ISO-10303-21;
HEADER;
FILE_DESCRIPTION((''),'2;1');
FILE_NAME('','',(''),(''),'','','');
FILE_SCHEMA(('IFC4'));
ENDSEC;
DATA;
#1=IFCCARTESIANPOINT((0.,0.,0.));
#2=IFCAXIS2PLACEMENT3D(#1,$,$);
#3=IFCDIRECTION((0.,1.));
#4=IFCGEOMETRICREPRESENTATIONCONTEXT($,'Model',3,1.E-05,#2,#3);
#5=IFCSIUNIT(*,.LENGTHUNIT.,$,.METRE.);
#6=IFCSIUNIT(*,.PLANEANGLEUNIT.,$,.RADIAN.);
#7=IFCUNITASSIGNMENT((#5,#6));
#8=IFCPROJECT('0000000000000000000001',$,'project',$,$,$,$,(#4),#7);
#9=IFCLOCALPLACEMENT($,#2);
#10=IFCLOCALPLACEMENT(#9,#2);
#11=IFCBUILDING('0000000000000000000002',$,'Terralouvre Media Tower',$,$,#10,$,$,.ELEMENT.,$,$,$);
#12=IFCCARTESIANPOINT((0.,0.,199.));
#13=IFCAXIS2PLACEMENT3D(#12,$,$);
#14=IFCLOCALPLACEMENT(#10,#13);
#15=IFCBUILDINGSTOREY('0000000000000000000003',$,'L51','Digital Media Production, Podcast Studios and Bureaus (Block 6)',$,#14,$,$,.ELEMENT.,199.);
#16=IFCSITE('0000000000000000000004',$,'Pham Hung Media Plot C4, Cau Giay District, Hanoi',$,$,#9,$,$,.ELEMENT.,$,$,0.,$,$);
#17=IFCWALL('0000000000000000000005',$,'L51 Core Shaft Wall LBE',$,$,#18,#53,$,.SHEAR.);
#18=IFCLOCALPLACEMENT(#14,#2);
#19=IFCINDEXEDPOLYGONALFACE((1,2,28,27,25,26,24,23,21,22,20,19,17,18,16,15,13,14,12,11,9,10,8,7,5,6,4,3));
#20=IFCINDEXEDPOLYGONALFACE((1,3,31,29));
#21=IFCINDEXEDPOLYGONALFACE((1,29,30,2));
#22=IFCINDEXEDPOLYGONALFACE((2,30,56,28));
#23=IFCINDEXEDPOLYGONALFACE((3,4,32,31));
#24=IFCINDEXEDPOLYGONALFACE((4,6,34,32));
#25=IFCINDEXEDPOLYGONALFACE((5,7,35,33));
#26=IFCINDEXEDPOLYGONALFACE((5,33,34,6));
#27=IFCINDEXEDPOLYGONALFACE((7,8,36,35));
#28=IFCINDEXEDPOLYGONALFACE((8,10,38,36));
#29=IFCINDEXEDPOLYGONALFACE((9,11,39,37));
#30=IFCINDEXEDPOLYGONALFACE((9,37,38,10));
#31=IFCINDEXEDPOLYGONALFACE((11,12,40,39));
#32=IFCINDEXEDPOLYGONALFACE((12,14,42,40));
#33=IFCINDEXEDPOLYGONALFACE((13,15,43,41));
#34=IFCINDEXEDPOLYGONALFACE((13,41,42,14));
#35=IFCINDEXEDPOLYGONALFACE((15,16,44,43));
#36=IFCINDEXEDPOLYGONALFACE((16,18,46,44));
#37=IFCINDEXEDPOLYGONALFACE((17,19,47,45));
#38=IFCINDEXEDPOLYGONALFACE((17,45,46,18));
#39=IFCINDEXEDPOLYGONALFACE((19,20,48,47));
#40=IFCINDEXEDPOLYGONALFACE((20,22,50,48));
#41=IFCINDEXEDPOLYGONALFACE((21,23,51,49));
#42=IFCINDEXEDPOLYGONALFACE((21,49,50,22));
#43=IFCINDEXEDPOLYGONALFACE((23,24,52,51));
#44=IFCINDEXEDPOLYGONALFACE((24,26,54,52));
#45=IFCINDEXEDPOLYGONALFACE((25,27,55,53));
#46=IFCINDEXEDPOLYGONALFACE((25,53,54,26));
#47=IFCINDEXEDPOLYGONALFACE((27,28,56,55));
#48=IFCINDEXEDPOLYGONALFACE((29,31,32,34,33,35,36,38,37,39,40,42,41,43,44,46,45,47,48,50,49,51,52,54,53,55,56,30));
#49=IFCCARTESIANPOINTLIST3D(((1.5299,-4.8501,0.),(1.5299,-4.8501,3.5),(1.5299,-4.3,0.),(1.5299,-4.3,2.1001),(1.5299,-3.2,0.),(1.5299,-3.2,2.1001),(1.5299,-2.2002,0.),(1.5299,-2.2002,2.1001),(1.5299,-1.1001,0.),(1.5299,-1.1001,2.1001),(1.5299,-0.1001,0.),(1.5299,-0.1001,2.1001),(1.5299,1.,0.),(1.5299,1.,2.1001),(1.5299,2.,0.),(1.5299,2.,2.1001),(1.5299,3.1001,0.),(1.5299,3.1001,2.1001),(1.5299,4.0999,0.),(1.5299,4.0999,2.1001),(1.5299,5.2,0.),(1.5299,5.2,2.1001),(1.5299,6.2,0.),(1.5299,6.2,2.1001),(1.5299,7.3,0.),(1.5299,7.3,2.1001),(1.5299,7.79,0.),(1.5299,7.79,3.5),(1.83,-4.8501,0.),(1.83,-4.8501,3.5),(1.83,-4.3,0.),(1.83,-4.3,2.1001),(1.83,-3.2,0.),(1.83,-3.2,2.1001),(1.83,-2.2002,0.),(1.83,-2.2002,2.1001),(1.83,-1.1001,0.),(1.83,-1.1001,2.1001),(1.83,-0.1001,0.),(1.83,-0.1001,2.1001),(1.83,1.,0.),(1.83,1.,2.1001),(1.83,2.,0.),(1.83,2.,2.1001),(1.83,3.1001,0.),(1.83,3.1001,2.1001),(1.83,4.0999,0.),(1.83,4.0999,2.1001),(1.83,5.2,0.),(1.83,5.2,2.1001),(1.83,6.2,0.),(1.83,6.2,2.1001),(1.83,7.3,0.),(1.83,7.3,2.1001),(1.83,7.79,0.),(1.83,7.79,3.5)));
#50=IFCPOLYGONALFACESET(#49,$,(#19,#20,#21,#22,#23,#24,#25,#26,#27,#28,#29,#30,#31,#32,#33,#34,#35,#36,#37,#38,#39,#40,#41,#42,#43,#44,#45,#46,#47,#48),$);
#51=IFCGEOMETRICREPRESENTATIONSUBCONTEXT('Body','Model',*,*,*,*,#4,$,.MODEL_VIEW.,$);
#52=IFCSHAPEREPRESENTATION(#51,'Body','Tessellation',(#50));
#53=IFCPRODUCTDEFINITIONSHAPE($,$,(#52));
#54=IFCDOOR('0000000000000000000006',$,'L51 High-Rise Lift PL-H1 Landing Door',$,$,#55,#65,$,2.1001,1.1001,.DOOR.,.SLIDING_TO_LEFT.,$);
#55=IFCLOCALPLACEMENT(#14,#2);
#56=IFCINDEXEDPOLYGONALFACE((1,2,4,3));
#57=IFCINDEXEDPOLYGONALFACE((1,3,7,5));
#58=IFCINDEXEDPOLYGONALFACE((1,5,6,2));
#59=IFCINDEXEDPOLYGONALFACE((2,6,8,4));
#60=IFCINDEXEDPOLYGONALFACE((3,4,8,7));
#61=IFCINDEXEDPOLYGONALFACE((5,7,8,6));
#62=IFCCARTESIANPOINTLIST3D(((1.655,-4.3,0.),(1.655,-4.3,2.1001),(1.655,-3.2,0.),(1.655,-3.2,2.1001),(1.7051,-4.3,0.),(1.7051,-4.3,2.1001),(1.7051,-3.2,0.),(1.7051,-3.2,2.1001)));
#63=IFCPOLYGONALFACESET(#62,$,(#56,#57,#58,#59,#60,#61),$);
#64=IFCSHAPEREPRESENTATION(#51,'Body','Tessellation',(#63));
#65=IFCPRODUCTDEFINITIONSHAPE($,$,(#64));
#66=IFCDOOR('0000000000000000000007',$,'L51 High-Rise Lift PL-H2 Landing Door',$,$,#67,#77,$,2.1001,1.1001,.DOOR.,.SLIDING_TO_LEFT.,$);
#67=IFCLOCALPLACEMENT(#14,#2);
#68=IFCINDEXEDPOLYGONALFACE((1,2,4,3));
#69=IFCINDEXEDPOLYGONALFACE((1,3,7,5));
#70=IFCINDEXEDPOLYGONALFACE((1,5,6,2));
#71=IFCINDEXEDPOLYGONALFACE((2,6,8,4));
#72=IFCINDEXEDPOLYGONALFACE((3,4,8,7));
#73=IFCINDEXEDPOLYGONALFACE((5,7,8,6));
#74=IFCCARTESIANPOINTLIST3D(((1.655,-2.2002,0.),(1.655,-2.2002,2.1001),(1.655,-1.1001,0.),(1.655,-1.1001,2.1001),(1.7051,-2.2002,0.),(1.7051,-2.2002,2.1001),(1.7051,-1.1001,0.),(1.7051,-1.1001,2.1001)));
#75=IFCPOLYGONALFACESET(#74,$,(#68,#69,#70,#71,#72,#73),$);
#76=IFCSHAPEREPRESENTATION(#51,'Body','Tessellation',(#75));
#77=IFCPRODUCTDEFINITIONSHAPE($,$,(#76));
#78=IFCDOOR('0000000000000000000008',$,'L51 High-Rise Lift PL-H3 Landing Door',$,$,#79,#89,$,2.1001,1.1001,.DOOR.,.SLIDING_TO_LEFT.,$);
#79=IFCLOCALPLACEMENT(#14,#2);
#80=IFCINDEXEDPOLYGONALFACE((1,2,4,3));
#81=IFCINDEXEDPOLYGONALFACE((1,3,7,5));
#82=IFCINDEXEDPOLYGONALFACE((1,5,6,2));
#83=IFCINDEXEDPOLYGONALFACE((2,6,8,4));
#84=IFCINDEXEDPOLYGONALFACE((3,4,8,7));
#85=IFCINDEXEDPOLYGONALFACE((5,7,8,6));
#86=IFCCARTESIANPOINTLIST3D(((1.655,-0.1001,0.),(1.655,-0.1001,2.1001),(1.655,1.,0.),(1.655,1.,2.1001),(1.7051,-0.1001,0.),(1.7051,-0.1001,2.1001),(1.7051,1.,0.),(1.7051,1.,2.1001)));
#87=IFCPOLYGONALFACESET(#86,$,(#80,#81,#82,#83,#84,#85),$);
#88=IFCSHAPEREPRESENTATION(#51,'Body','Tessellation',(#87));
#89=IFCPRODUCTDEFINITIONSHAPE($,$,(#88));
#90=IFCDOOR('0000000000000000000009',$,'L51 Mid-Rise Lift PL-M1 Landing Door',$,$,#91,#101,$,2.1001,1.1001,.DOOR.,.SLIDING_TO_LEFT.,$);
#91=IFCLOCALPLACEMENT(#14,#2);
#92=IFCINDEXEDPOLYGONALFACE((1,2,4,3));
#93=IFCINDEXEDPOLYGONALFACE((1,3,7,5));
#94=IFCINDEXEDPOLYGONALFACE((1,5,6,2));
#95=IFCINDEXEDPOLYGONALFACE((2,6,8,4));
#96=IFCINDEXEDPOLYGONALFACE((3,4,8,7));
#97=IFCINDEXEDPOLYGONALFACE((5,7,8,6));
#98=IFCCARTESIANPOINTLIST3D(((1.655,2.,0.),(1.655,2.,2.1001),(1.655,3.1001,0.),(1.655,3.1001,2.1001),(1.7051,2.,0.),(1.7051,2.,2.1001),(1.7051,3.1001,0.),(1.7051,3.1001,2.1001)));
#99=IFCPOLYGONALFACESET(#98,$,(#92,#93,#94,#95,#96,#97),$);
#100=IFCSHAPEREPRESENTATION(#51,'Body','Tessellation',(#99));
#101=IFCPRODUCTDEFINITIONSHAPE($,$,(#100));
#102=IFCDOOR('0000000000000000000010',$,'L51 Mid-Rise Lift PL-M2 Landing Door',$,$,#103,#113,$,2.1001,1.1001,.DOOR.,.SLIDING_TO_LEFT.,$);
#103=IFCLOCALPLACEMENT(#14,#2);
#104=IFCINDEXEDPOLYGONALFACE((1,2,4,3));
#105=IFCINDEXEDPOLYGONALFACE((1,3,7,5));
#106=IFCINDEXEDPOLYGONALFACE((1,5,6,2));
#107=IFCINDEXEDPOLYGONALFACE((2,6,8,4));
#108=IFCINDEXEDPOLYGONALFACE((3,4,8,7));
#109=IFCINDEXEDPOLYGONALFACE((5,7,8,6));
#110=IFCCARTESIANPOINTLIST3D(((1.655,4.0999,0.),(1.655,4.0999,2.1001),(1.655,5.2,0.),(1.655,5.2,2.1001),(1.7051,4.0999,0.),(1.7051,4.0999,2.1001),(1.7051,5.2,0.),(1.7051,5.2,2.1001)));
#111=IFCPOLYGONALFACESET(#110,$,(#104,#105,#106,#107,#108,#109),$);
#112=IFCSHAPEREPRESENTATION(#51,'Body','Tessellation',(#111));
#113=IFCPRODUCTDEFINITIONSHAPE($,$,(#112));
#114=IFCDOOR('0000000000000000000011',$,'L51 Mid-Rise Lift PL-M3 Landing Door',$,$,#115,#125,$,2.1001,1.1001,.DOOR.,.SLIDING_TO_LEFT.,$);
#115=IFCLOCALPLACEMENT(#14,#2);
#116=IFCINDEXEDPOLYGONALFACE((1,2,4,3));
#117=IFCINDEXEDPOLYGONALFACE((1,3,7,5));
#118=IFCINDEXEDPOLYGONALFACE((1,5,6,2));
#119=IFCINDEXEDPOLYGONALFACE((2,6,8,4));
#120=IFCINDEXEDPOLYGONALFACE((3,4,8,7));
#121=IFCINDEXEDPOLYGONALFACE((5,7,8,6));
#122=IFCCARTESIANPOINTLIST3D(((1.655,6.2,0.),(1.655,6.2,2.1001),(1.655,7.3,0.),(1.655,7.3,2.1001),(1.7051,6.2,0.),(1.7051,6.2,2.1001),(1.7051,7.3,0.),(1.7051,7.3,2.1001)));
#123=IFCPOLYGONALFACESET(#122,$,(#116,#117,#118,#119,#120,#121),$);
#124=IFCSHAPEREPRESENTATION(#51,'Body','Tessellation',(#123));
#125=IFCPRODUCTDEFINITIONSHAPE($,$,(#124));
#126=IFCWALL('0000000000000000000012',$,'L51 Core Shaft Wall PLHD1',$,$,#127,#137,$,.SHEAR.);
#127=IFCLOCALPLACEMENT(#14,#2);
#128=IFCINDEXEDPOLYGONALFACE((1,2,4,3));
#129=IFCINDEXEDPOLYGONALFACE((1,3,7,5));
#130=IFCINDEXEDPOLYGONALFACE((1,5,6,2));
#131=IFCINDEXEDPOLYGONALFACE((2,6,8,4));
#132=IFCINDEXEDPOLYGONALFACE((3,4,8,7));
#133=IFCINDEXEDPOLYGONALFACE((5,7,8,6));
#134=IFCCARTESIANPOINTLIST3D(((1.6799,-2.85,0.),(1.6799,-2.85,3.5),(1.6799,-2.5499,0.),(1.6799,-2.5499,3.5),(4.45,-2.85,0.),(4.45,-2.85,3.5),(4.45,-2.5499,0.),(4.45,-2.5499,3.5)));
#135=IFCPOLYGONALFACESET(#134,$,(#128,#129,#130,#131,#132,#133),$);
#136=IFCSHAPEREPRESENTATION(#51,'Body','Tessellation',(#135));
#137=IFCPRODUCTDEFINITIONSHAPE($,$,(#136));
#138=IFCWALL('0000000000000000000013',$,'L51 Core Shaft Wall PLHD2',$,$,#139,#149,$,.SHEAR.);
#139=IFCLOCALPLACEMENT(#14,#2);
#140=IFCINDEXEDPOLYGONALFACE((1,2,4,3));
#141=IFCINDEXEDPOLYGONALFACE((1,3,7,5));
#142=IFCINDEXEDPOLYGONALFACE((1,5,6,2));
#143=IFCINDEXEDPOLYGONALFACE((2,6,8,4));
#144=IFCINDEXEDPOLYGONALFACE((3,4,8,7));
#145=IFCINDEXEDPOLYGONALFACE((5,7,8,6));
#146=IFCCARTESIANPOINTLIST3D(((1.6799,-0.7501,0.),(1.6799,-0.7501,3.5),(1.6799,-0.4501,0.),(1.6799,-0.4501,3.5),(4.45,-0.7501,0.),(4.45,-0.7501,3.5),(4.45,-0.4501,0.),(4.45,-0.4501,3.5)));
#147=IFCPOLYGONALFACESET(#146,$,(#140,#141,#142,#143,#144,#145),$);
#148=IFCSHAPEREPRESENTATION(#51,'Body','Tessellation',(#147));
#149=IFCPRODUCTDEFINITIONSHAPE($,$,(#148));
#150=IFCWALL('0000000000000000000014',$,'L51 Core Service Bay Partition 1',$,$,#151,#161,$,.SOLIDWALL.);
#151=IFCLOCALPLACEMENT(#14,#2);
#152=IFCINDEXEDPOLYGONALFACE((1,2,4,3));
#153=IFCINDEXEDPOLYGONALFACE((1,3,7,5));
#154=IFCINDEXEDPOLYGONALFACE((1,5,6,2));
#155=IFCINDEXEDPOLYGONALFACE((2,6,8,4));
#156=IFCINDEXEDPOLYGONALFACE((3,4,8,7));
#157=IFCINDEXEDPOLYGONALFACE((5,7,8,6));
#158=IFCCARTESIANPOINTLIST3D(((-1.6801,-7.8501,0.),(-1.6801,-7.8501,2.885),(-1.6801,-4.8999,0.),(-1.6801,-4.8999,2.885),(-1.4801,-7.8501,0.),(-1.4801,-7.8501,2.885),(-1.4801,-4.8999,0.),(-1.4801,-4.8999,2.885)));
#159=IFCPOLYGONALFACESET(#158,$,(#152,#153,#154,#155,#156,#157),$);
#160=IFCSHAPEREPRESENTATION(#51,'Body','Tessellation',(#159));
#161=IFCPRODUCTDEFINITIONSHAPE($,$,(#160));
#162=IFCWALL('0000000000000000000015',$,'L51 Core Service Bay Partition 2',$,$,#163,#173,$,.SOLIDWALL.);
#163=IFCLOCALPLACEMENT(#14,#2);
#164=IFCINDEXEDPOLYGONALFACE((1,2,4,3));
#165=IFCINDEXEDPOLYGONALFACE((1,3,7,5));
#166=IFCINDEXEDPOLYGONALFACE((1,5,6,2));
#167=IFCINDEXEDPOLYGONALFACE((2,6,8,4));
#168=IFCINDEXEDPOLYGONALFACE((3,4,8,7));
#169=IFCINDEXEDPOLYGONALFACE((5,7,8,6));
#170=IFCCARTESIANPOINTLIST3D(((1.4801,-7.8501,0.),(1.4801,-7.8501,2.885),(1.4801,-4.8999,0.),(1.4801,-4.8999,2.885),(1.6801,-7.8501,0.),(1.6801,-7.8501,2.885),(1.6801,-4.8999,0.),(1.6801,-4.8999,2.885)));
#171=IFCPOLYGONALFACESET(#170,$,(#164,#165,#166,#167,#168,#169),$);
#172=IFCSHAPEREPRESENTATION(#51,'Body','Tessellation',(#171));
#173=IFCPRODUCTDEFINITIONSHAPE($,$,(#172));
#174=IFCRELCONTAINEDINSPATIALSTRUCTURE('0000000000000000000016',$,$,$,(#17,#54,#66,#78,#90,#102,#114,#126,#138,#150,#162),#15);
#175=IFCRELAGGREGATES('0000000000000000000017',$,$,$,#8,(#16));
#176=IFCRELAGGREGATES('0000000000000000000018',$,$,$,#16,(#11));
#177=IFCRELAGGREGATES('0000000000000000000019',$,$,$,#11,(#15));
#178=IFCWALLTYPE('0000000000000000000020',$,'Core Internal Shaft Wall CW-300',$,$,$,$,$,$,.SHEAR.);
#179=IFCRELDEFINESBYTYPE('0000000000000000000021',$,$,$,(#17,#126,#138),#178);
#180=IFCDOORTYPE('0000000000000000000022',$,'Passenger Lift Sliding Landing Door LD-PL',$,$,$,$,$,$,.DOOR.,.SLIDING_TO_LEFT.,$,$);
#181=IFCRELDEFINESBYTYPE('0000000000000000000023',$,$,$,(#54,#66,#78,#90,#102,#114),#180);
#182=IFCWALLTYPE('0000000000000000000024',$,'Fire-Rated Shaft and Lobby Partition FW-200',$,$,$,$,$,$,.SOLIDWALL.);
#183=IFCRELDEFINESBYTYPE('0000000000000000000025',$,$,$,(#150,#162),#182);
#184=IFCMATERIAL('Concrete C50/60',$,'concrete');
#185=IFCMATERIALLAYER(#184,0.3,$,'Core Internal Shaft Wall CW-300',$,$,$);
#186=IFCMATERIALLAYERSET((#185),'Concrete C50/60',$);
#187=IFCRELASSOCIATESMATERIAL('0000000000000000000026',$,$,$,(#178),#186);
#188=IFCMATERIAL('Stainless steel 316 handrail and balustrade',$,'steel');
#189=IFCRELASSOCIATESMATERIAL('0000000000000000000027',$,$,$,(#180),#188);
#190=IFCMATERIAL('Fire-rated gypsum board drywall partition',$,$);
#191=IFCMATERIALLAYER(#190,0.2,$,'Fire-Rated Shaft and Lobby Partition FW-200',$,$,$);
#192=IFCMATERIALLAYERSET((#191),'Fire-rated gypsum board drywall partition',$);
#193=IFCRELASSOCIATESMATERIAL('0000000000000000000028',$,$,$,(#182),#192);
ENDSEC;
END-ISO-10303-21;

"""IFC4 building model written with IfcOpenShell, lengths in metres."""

from ifc_helpers import new_model, si_unit, direction, frame, frame_2d, origin, place, context, subcontext, project, spatial, rectangle, extrude, material, layer, layer_set, type_object, element, fill, save


model = new_model("IFC4")

# Units and contexts
model_context = context("Model", 3, precision=1e-05, world=origin(), true_north=direction((0.0, 1.0)))
body_context = subcontext(model_context, "Body", "Model", "MODEL_VIEW")
ifc_project = project(units=[si_unit("LENGTHUNIT", "METRE"), si_unit("PLANEANGLEUNIT", "RADIAN")], contexts=[model_context])

# Site, building, storey
site_placement = place(None, origin())
site = spatial("IfcSite", under=ifc_project, at=site_placement, Name="Pham Hung Media Plot C4, Cau Giay District, Hanoi", CompositionType="ELEMENT", RefElevation=0.0)
building_placement = place(site_placement, origin())
building = spatial("IfcBuilding", under=site, at=building_placement, Name="Terralouvre Media Tower", CompositionType="ELEMENT")
storey_placement = place(building_placement, frame((0.0, 0.0, 199.0)))
storey = spatial("IfcBuildingStorey", under=building, at=storey_placement, Name="L51", Description="Digital Media Production, Podcast Studios and Bureaus (Block 6)", CompositionType="ELEMENT", Elevation=199.0)

# Shared definitions
ifc_material_1 = material(Name="Concrete C50/60", Category="concrete")
ifc_layer_1 = layer(ifc_material_1, 0.3, Name="Core Internal Shaft Wall CW-300")
ifc_layer_set_1 = layer_set([ifc_layer_1], Name="Concrete C50/60")
wall_type_1 = type_object("IfcWallType", Name="Core Internal Shaft Wall CW-300", PredefinedType="SHEAR", material=ifc_layer_set_1)

# Wall, openings, doors
wall_1_placement = place(storey_placement, frame((1.6799, -4.8501, 0.0), z_axis=(0.0, 0.0, 1.0), x_axis=(0.0, 1.0, 0.0)))
wall_1 = element("IfcWall", 1, at=wall_1_placement, inside=storey, type_object=wall_type_1, Name="L51 Core Shaft Wall LBE", PredefinedType="SHEAR", context=body_context, shape_type="SweptSolid", body=[
    extrude(rectangle(XDim=12.6401, YDim=0.3, at=frame_2d((6.3201, 0.0))), origin(), (0.0, 0.0, 1.0), 3.5),
])
opening_1_placement = place(wall_1_placement, frame((0.55, 0.0, 0.0)))
opening_1 = element("IfcOpeningElement", 2, at=opening_1_placement, cuts=wall_1, PredefinedType="OPENING", context=body_context, shape_type="SweptSolid", body=[
    extrude(rectangle(XDim=1.1001, YDim=2.1001, at=frame_2d((0.55, 1.05))), frame((0.0, 0.1599, 0.0), z_axis=(0.0, -1.0, 0.0), x_axis=(1.0, 0.0, 0.0)), (0.0, 0.0, 1.0), 0.3201),
])
opening_2_placement = place(wall_1_placement, frame((2.6499, 0.0, 0.0)))
opening_2 = element("IfcOpeningElement", 3, at=opening_2_placement, cuts=wall_1, PredefinedType="OPENING", context=body_context, shape_type="SweptSolid", body=[
    extrude(rectangle(XDim=1.1001, YDim=2.1001, at=frame_2d((0.55, 1.05))), frame((0.0, 0.1599, 0.0), z_axis=(0.0, -1.0, 0.0), x_axis=(1.0, 0.0, 0.0)), (0.0, 0.0, 1.0), 0.3201),
])
opening_3_placement = place(wall_1_placement, frame((4.75, 0.0, 0.0)))
opening_3 = element("IfcOpeningElement", 4, at=opening_3_placement, cuts=wall_1, PredefinedType="OPENING", context=body_context, shape_type="SweptSolid", body=[
    extrude(rectangle(XDim=1.1001, YDim=2.1001, at=frame_2d((0.55, 1.05))), frame((0.0, 0.1599, 0.0), z_axis=(0.0, -1.0, 0.0), x_axis=(1.0, 0.0, 0.0)), (0.0, 0.0, 1.0), 0.3201),
])
opening_4_placement = place(wall_1_placement, frame((6.8501, 0.0, 0.0)))
opening_4 = element("IfcOpeningElement", 5, at=opening_4_placement, cuts=wall_1, PredefinedType="OPENING", context=body_context, shape_type="SweptSolid", body=[
    extrude(rectangle(XDim=1.1001, YDim=2.1001, at=frame_2d((0.55, 1.05))), frame((0.0, 0.1599, 0.0), z_axis=(0.0, -1.0, 0.0), x_axis=(1.0, 0.0, 0.0)), (0.0, 0.0, 1.0), 0.3201),
])
opening_5_placement = place(wall_1_placement, frame((8.95, 0.0, 0.0)))
opening_5 = element("IfcOpeningElement", 6, at=opening_5_placement, cuts=wall_1, PredefinedType="OPENING", context=body_context, shape_type="SweptSolid", body=[
    extrude(rectangle(XDim=1.1001, YDim=2.1001, at=frame_2d((0.55, 1.05))), frame((0.0, 0.1599, 0.0), z_axis=(0.0, -1.0, 0.0), x_axis=(1.0, 0.0, 0.0)), (0.0, 0.0, 1.0), 0.3201),
])
opening_6_placement = place(wall_1_placement, frame((11.05, 0.0, 0.0)))
opening_6 = element("IfcOpeningElement", 7, at=opening_6_placement, cuts=wall_1, PredefinedType="OPENING", context=body_context, shape_type="SweptSolid", body=[
    extrude(rectangle(XDim=1.1001, YDim=2.1001, at=frame_2d((0.55, 1.05))), frame((0.0, 0.1599, 0.0), z_axis=(0.0, -1.0, 0.0), x_axis=(1.0, 0.0, 0.0)), (0.0, 0.0, 1.0), 0.3201),
])
ifc_material_2 = material(Name="Stainless steel 316 handrail and balustrade", Category="steel")
door_type_1 = type_object("IfcDoorType", Name="Passenger Lift Sliding Landing Door LD-PL", OperationType="SLIDING_TO_LEFT", PredefinedType="DOOR", material=ifc_material_2)
door_1_placement = place(opening_1_placement, origin())
door_1 = element("IfcDoor", 8, at=door_1_placement, inside=storey, type_object=door_type_1, Name="L51 High-Rise Lift PL-H1 Landing Door", OperationType="SLIDING_TO_LEFT", OverallHeight=2.1001, OverallWidth=1.1001, PredefinedType="DOOR", context=body_context, shape_type="SweptSolid", body=[
    extrude(rectangle(XDim=1.1001, YDim=2.1001, at=frame_2d((0.55, 1.05))), frame((0.0, 0.0249, 0.0), z_axis=(0.0, -1.0, 0.0), x_axis=(1.0, 0.0, 0.0)), (0.0, 0.0, 1.0), 0.05),
])
fill(opening_1, door_1)
door_2_placement = place(opening_2_placement, origin())
door_2 = element("IfcDoor", 9, at=door_2_placement, inside=storey, type_object=door_type_1, Name="L51 High-Rise Lift PL-H2 Landing Door", OperationType="SLIDING_TO_LEFT", OverallHeight=2.1001, OverallWidth=1.1001, PredefinedType="DOOR", context=body_context, shape_type="SweptSolid", body=[
    extrude(rectangle(XDim=1.1001, YDim=2.1001, at=frame_2d((0.55, 1.05))), frame((0.0, 0.0249, 0.0), z_axis=(0.0, -1.0, 0.0), x_axis=(1.0, 0.0, 0.0)), (0.0, 0.0, 1.0), 0.05),
])
fill(opening_2, door_2)
door_3_placement = place(opening_3_placement, origin())
door_3 = element("IfcDoor", 10, at=door_3_placement, inside=storey, type_object=door_type_1, Name="L51 High-Rise Lift PL-H3 Landing Door", OperationType="SLIDING_TO_LEFT", OverallHeight=2.1001, OverallWidth=1.1001, PredefinedType="DOOR", context=body_context, shape_type="SweptSolid", body=[
    extrude(rectangle(XDim=1.1001, YDim=2.1001, at=frame_2d((0.55, 1.05))), frame((0.0, 0.0249, 0.0), z_axis=(0.0, -1.0, 0.0), x_axis=(1.0, 0.0, 0.0)), (0.0, 0.0, 1.0), 0.05),
])
fill(opening_3, door_3)
door_4_placement = place(opening_4_placement, origin())
door_4 = element("IfcDoor", 11, at=door_4_placement, inside=storey, type_object=door_type_1, Name="L51 Mid-Rise Lift PL-M1 Landing Door", OperationType="SLIDING_TO_LEFT", OverallHeight=2.1001, OverallWidth=1.1001, PredefinedType="DOOR", context=body_context, shape_type="SweptSolid", body=[
    extrude(rectangle(XDim=1.1001, YDim=2.1001, at=frame_2d((0.55, 1.05))), frame((0.0, 0.0249, 0.0), z_axis=(0.0, -1.0, 0.0), x_axis=(1.0, 0.0, 0.0)), (0.0, 0.0, 1.0), 0.05),
])
fill(opening_4, door_4)
door_5_placement = place(opening_5_placement, origin())
door_5 = element("IfcDoor", 12, at=door_5_placement, inside=storey, type_object=door_type_1, Name="L51 Mid-Rise Lift PL-M2 Landing Door", OperationType="SLIDING_TO_LEFT", OverallHeight=2.1001, OverallWidth=1.1001, PredefinedType="DOOR", context=body_context, shape_type="SweptSolid", body=[
    extrude(rectangle(XDim=1.1001, YDim=2.1001, at=frame_2d((0.55, 1.05))), frame((0.0, 0.0249, 0.0), z_axis=(0.0, -1.0, 0.0), x_axis=(1.0, 0.0, 0.0)), (0.0, 0.0, 1.0), 0.05),
])
fill(opening_5, door_5)
door_6_placement = place(opening_6_placement, origin())
door_6 = element("IfcDoor", 13, at=door_6_placement, inside=storey, type_object=door_type_1, Name="L51 Mid-Rise Lift PL-M3 Landing Door", OperationType="SLIDING_TO_LEFT", OverallHeight=2.1001, OverallWidth=1.1001, PredefinedType="DOOR", context=body_context, shape_type="SweptSolid", body=[
    extrude(rectangle(XDim=1.1001, YDim=2.1001, at=frame_2d((0.55, 1.05))), frame((0.0, 0.0249, 0.0), z_axis=(0.0, -1.0, 0.0), x_axis=(1.0, 0.0, 0.0)), (0.0, 0.0, 1.0), 0.05),
])
fill(opening_6, door_6)

# Walls
for number, where, z_axis, x_axis, name in (
    (14, (1.6799, -2.7, 0.0), (0.0, 0.0, 1.0), (1.0, 0.0, 0.0), "L51 Core Shaft Wall PLHD1"),
    (15, (1.6799, -0.6001, 0.0), (0.0, 0.0, 1.0), (1.0, 0.0, 0.0), "L51 Core Shaft Wall PLHD2"),
):
    element("IfcWall", number, at=place(storey_placement, frame(where, z_axis=z_axis, x_axis=x_axis)), inside=storey, type_object=wall_type_1, Name=name, PredefinedType="SHEAR", context=body_context, shape_type="SweptSolid", body=[
        extrude(rectangle(XDim=2.77, YDim=0.3, at=frame_2d((1.385, 0.0))), origin(), (0.0, 0.0, 1.0), 3.5),
    ])
ifc_material_3 = material(Name="Fire-rated gypsum board drywall partition")
ifc_layer_2 = layer(ifc_material_3, 0.2, Name="Fire-Rated Shaft and Lobby Partition FW-200")
ifc_layer_set_2 = layer_set([ifc_layer_2], Name="Fire-rated gypsum board drywall partition")
wall_type_2 = type_object("IfcWallType", Name="Fire-Rated Shaft and Lobby Partition FW-200", PredefinedType="SOLIDWALL", material=ifc_layer_set_2)
for number, where, z_axis, x_axis, name in (
    (16, (-1.5801, -7.8501, 0.0), (0.0, 0.0, 1.0), (0.0, 1.0, 0.0), "L51 Core Service Bay Partition 1"),
    (17, (1.5801, -7.8501, 0.0), (0.0, 0.0, 1.0), (0.0, 1.0, 0.0), "L51 Core Service Bay Partition 2"),
):
    element("IfcWall", number, at=place(storey_placement, frame(where, z_axis=z_axis, x_axis=x_axis)), inside=storey, type_object=wall_type_2, Name=name, PredefinedType="SOLIDWALL", context=body_context, shape_type="SweptSolid", body=[
        extrude(rectangle(XDim=2.9502, YDim=0.2, at=frame_2d((1.4751, 0.0))), origin(), (0.0, 0.0, 1.0), 2.885),
    ])

save(model, "model.ifc")
